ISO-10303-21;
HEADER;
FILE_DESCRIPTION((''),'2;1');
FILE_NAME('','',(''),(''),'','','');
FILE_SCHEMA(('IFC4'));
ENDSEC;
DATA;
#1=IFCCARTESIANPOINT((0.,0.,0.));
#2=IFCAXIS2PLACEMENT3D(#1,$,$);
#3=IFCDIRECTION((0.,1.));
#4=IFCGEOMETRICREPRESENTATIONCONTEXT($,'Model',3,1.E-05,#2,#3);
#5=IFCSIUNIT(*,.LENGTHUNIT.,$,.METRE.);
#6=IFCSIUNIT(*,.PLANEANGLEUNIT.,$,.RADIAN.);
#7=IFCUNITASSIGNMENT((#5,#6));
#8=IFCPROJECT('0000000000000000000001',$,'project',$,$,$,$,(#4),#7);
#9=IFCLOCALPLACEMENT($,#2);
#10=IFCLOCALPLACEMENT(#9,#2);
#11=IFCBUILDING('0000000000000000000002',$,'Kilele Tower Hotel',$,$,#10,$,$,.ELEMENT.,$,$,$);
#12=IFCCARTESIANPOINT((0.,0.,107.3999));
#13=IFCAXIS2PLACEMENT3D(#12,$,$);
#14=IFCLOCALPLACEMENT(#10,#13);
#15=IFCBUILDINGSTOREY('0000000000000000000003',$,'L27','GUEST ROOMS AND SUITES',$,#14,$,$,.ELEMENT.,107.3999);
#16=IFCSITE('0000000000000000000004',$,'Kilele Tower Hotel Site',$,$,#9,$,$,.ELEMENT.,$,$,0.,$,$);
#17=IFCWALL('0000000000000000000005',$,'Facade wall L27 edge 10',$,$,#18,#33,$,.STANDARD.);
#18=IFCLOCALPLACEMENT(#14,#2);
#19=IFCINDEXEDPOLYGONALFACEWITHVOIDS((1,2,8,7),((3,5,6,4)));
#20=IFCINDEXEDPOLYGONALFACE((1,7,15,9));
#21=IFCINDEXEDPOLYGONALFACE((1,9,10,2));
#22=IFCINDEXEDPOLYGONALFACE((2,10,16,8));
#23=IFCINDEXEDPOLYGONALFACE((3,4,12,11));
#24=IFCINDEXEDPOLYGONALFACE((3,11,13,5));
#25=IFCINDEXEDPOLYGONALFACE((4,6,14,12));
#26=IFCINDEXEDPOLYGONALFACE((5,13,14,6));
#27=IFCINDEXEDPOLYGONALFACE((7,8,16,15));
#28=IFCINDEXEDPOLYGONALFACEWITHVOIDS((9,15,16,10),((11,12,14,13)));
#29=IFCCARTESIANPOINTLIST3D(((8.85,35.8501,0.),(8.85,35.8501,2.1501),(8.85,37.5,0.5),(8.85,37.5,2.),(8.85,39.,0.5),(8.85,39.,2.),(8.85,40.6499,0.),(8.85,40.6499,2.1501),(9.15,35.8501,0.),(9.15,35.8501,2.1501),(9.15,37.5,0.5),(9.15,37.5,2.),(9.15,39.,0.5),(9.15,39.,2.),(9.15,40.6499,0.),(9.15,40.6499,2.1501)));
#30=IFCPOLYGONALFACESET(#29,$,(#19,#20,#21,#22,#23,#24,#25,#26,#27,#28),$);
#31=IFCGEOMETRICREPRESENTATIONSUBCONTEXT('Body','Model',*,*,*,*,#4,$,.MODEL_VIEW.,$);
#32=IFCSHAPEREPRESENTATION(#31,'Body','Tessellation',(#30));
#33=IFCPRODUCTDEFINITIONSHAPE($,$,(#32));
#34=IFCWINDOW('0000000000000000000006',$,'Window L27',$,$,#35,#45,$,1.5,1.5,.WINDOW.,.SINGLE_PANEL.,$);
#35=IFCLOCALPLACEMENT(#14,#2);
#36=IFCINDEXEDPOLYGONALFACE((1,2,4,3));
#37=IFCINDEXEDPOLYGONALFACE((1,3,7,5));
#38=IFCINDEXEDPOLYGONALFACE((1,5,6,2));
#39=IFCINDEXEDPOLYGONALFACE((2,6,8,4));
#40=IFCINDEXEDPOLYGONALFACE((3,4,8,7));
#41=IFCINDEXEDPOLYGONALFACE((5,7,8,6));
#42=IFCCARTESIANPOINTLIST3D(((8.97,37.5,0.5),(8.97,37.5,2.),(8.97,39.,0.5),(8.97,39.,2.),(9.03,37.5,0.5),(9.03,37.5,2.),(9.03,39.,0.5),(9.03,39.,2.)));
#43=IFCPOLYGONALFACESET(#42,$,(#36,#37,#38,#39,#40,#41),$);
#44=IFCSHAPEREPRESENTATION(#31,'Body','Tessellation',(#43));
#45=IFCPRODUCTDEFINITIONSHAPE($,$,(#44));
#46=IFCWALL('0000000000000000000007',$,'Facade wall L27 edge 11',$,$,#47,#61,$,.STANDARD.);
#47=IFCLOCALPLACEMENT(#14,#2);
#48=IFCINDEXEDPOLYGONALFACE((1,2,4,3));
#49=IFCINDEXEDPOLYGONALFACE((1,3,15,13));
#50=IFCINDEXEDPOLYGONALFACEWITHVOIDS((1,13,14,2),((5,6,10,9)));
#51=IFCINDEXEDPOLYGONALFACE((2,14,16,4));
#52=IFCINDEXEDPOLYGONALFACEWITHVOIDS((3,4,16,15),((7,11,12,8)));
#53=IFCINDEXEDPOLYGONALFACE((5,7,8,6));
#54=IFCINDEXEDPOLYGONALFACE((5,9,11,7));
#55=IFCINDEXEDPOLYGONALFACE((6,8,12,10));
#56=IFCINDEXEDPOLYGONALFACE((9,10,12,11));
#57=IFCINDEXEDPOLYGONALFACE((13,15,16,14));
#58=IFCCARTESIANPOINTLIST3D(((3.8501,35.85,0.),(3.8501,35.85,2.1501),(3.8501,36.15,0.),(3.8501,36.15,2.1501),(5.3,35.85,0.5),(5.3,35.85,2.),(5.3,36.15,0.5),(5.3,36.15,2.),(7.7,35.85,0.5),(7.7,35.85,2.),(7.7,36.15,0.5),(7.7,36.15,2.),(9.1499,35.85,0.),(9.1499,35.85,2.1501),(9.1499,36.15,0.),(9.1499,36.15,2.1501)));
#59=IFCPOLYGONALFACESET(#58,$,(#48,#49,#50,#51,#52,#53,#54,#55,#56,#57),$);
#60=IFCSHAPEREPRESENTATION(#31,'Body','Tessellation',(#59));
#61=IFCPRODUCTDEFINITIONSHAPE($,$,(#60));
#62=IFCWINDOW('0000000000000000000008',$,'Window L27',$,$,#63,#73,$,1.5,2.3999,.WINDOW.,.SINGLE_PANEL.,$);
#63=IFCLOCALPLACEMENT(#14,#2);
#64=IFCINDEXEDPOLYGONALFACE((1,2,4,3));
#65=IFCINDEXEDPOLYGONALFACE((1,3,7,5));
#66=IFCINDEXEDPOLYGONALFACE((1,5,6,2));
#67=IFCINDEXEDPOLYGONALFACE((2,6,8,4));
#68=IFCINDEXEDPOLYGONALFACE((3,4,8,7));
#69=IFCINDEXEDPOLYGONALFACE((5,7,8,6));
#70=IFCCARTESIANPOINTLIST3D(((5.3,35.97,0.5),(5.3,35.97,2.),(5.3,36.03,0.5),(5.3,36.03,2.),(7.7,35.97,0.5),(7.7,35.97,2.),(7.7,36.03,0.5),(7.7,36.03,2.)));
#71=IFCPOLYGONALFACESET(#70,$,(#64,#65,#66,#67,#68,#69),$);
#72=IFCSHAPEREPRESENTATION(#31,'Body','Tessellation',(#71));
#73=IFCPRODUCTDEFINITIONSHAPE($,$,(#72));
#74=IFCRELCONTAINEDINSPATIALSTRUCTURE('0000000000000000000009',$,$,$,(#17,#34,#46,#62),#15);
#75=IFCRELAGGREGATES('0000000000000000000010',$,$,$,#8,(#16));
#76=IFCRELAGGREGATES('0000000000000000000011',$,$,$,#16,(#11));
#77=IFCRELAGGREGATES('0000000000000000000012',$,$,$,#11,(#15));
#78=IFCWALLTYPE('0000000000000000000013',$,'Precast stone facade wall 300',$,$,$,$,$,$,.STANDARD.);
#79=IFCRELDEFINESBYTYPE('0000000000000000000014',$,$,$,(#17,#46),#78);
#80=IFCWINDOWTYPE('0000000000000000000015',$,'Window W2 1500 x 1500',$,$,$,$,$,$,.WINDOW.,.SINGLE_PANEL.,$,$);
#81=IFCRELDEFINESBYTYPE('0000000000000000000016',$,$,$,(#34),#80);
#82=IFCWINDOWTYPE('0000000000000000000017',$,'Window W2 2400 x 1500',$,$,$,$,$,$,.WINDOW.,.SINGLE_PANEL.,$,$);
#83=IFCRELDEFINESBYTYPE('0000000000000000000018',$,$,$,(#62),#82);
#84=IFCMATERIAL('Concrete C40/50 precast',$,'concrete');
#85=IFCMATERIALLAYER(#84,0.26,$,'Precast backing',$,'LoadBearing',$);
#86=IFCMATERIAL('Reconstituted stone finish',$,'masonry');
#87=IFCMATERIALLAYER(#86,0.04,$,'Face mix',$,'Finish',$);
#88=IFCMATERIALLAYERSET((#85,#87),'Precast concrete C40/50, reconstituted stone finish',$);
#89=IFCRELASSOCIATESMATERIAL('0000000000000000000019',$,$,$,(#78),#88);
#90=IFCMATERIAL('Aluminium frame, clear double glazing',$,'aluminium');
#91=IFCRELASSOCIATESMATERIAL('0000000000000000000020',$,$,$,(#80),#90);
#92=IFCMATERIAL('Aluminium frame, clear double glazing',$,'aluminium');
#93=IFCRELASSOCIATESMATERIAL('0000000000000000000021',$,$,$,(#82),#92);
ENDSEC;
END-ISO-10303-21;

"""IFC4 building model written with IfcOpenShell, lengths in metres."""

from ifc_helpers import new_model, si_unit, direction, frame, frame_2d, origin, place, context, subcontext, project, spatial, rectangle, extrude, material, layer, layer_set, type_object, element, fill, save


model = new_model("IFC4")

# Units and contexts
model_context = context("Model", 3, precision=1e-05, world=origin(), true_north=direction((0.0, 1.0)))
body_context = subcontext(model_context, "Body", "Model", "MODEL_VIEW")
ifc_project = project(units=[si_unit("LENGTHUNIT", "METRE"), si_unit("PLANEANGLEUNIT", "RADIAN")], contexts=[model_context])

# Site, building, storey
site_placement = place(None, origin())
site = spatial("IfcSite", under=ifc_project, at=site_placement, Name="Kilele Tower Hotel Site", CompositionType="ELEMENT", RefElevation=0.0)
building_placement = place(site_placement, origin())
building = spatial("IfcBuilding", under=site, at=building_placement, Name="Kilele Tower Hotel", CompositionType="ELEMENT")
storey_placement = place(building_placement, frame((0.0, 0.0, 107.3999)))
storey = spatial("IfcBuildingStorey", under=building, at=storey_placement, Name="L27", Description="GUEST ROOMS AND SUITES", CompositionType="ELEMENT", Elevation=107.3999)

# Walls, openings, windows
ifc_material_1 = material(Name="Concrete C40/50 precast", Category="concrete")
ifc_layer_1 = layer(ifc_material_1, 0.26, Name="Precast backing", Category="LoadBearing")
ifc_material_2 = material(Name="Reconstituted stone finish", Category="masonry")
ifc_layer_2 = layer(ifc_material_2, 0.04, Name="Face mix", Category="Finish")
ifc_layer_set_1 = layer_set([ifc_layer_1, ifc_layer_2], Name="Precast concrete C40/50, reconstituted stone finish")
wall_type_1 = type_object("IfcWallType", Name="Precast stone facade wall 300", PredefinedType="STANDARD", material=ifc_layer_set_1)
wall_1_placement = place(storey_placement, frame((9.0, 40.6499, 0.0), z_axis=(0.0, 0.0, 1.0), x_axis=(0.0, -1.0, 0.0)))
wall_1 = element("IfcWall", 1, at=wall_1_placement, inside=storey, type_object=wall_type_1, Name="Facade wall L27 edge 10", PredefinedType="STANDARD", context=body_context, shape_type="SweptSolid", body=[
    extrude(rectangle(XDim=4.7998, YDim=0.3, at=frame_2d((2.3999, 0.0))), origin(), (0.0, 0.0, 1.0), 2.1501),
])
opening_1_placement = place(wall_1_placement, frame((1.6499, 0.0, 0.5)))
opening_1 = element("IfcOpeningElement", 2, at=opening_1_placement, cuts=wall_1, PredefinedType="OPENING", context=body_context, shape_type="SweptSolid", body=[
    extrude(rectangle(XDim=1.5, YDim=1.5, at=frame_2d((0.75, 0.75))), frame((0.0, 0.1599, 0.0), z_axis=(0.0, -1.0, 0.0), x_axis=(1.0, 0.0, 0.0)), (0.0, 0.0, 1.0), 0.3201),
])
ifc_material_3 = material(Name="Aluminium frame, clear double glazing", Category="aluminium")
window_type_1 = type_object("IfcWindowType", Name="Window W2 1500 x 1500", PartitioningType="SINGLE_PANEL", PredefinedType="WINDOW", material=ifc_material_3)
window_1_placement = place(opening_1_placement, origin())
window_1 = element("IfcWindow", 3, at=window_1_placement, inside=storey, type_object=window_type_1, Name="Window L27", OverallHeight=1.5, OverallWidth=1.5, PartitioningType="SINGLE_PANEL", PredefinedType="WINDOW", context=body_context, shape_type="SweptSolid", body=[
    extrude(rectangle(XDim=1.5, YDim=1.5, at=frame_2d((0.75, 0.75))), frame((0.0, 0.03, 0.0), z_axis=(0.0, -1.0, 0.0), x_axis=(1.0, 0.0, 0.0)), (0.0, 0.0, 1.0), 0.0601),
])
fill(opening_1, window_1)
wall_2_placement = place(storey_placement, frame((9.1499, 36.0, 0.0), z_axis=(0.0, 0.0, 1.0), x_axis=(-1.0, 0.0, 0.0)))
wall_2 = element("IfcWall", 4, at=wall_2_placement, inside=storey, type_object=wall_type_1, Name="Facade wall L27 edge 11", PredefinedType="STANDARD", context=body_context, shape_type="SweptSolid", body=[
    extrude(rectangle(XDim=5.2998, YDim=0.3, at=frame_2d((2.6499, 0.0))), origin(), (0.0, 0.0, 1.0), 2.1501),
])
opening_2_placement = place(wall_2_placement, frame((1.45, 0.0, 0.5)))
opening_2 = element("IfcOpeningElement", 5, at=opening_2_placement, cuts=wall_2, PredefinedType="OPENING", context=body_context, shape_type="SweptSolid", body=[
    extrude(rectangle(XDim=2.3999, YDim=1.5, at=frame_2d((1.2, 0.75))), frame((0.0, 0.1599, 0.0), z_axis=(0.0, -1.0, 0.0), x_axis=(1.0, 0.0, 0.0)), (0.0, 0.0, 1.0), 0.3201),
])
ifc_material_4 = material(Name="Aluminium frame, clear double glazing", Category="aluminium")
window_type_2 = type_object("IfcWindowType", Name="Window W2 2400 x 1500", PartitioningType="SINGLE_PANEL", PredefinedType="WINDOW", material=ifc_material_4)
window_2_placement = place(opening_2_placement, origin())
window_2 = element("IfcWindow", 6, at=window_2_placement, inside=storey, type_object=window_type_2, Name="Window L27", OverallHeight=1.5, OverallWidth=2.3999, PartitioningType="SINGLE_PANEL", PredefinedType="WINDOW", context=body_context, shape_type="SweptSolid", body=[
    extrude(rectangle(XDim=2.3999, YDim=1.5, at=frame_2d((1.2, 0.75))), frame((0.0, 0.03, 0.0), z_axis=(0.0, -1.0, 0.0), x_axis=(1.0, 0.0, 0.0)), (0.0, 0.0, 1.0), 0.0601),
])
fill(opening_2, window_2)

save(model, "model.ifc")
